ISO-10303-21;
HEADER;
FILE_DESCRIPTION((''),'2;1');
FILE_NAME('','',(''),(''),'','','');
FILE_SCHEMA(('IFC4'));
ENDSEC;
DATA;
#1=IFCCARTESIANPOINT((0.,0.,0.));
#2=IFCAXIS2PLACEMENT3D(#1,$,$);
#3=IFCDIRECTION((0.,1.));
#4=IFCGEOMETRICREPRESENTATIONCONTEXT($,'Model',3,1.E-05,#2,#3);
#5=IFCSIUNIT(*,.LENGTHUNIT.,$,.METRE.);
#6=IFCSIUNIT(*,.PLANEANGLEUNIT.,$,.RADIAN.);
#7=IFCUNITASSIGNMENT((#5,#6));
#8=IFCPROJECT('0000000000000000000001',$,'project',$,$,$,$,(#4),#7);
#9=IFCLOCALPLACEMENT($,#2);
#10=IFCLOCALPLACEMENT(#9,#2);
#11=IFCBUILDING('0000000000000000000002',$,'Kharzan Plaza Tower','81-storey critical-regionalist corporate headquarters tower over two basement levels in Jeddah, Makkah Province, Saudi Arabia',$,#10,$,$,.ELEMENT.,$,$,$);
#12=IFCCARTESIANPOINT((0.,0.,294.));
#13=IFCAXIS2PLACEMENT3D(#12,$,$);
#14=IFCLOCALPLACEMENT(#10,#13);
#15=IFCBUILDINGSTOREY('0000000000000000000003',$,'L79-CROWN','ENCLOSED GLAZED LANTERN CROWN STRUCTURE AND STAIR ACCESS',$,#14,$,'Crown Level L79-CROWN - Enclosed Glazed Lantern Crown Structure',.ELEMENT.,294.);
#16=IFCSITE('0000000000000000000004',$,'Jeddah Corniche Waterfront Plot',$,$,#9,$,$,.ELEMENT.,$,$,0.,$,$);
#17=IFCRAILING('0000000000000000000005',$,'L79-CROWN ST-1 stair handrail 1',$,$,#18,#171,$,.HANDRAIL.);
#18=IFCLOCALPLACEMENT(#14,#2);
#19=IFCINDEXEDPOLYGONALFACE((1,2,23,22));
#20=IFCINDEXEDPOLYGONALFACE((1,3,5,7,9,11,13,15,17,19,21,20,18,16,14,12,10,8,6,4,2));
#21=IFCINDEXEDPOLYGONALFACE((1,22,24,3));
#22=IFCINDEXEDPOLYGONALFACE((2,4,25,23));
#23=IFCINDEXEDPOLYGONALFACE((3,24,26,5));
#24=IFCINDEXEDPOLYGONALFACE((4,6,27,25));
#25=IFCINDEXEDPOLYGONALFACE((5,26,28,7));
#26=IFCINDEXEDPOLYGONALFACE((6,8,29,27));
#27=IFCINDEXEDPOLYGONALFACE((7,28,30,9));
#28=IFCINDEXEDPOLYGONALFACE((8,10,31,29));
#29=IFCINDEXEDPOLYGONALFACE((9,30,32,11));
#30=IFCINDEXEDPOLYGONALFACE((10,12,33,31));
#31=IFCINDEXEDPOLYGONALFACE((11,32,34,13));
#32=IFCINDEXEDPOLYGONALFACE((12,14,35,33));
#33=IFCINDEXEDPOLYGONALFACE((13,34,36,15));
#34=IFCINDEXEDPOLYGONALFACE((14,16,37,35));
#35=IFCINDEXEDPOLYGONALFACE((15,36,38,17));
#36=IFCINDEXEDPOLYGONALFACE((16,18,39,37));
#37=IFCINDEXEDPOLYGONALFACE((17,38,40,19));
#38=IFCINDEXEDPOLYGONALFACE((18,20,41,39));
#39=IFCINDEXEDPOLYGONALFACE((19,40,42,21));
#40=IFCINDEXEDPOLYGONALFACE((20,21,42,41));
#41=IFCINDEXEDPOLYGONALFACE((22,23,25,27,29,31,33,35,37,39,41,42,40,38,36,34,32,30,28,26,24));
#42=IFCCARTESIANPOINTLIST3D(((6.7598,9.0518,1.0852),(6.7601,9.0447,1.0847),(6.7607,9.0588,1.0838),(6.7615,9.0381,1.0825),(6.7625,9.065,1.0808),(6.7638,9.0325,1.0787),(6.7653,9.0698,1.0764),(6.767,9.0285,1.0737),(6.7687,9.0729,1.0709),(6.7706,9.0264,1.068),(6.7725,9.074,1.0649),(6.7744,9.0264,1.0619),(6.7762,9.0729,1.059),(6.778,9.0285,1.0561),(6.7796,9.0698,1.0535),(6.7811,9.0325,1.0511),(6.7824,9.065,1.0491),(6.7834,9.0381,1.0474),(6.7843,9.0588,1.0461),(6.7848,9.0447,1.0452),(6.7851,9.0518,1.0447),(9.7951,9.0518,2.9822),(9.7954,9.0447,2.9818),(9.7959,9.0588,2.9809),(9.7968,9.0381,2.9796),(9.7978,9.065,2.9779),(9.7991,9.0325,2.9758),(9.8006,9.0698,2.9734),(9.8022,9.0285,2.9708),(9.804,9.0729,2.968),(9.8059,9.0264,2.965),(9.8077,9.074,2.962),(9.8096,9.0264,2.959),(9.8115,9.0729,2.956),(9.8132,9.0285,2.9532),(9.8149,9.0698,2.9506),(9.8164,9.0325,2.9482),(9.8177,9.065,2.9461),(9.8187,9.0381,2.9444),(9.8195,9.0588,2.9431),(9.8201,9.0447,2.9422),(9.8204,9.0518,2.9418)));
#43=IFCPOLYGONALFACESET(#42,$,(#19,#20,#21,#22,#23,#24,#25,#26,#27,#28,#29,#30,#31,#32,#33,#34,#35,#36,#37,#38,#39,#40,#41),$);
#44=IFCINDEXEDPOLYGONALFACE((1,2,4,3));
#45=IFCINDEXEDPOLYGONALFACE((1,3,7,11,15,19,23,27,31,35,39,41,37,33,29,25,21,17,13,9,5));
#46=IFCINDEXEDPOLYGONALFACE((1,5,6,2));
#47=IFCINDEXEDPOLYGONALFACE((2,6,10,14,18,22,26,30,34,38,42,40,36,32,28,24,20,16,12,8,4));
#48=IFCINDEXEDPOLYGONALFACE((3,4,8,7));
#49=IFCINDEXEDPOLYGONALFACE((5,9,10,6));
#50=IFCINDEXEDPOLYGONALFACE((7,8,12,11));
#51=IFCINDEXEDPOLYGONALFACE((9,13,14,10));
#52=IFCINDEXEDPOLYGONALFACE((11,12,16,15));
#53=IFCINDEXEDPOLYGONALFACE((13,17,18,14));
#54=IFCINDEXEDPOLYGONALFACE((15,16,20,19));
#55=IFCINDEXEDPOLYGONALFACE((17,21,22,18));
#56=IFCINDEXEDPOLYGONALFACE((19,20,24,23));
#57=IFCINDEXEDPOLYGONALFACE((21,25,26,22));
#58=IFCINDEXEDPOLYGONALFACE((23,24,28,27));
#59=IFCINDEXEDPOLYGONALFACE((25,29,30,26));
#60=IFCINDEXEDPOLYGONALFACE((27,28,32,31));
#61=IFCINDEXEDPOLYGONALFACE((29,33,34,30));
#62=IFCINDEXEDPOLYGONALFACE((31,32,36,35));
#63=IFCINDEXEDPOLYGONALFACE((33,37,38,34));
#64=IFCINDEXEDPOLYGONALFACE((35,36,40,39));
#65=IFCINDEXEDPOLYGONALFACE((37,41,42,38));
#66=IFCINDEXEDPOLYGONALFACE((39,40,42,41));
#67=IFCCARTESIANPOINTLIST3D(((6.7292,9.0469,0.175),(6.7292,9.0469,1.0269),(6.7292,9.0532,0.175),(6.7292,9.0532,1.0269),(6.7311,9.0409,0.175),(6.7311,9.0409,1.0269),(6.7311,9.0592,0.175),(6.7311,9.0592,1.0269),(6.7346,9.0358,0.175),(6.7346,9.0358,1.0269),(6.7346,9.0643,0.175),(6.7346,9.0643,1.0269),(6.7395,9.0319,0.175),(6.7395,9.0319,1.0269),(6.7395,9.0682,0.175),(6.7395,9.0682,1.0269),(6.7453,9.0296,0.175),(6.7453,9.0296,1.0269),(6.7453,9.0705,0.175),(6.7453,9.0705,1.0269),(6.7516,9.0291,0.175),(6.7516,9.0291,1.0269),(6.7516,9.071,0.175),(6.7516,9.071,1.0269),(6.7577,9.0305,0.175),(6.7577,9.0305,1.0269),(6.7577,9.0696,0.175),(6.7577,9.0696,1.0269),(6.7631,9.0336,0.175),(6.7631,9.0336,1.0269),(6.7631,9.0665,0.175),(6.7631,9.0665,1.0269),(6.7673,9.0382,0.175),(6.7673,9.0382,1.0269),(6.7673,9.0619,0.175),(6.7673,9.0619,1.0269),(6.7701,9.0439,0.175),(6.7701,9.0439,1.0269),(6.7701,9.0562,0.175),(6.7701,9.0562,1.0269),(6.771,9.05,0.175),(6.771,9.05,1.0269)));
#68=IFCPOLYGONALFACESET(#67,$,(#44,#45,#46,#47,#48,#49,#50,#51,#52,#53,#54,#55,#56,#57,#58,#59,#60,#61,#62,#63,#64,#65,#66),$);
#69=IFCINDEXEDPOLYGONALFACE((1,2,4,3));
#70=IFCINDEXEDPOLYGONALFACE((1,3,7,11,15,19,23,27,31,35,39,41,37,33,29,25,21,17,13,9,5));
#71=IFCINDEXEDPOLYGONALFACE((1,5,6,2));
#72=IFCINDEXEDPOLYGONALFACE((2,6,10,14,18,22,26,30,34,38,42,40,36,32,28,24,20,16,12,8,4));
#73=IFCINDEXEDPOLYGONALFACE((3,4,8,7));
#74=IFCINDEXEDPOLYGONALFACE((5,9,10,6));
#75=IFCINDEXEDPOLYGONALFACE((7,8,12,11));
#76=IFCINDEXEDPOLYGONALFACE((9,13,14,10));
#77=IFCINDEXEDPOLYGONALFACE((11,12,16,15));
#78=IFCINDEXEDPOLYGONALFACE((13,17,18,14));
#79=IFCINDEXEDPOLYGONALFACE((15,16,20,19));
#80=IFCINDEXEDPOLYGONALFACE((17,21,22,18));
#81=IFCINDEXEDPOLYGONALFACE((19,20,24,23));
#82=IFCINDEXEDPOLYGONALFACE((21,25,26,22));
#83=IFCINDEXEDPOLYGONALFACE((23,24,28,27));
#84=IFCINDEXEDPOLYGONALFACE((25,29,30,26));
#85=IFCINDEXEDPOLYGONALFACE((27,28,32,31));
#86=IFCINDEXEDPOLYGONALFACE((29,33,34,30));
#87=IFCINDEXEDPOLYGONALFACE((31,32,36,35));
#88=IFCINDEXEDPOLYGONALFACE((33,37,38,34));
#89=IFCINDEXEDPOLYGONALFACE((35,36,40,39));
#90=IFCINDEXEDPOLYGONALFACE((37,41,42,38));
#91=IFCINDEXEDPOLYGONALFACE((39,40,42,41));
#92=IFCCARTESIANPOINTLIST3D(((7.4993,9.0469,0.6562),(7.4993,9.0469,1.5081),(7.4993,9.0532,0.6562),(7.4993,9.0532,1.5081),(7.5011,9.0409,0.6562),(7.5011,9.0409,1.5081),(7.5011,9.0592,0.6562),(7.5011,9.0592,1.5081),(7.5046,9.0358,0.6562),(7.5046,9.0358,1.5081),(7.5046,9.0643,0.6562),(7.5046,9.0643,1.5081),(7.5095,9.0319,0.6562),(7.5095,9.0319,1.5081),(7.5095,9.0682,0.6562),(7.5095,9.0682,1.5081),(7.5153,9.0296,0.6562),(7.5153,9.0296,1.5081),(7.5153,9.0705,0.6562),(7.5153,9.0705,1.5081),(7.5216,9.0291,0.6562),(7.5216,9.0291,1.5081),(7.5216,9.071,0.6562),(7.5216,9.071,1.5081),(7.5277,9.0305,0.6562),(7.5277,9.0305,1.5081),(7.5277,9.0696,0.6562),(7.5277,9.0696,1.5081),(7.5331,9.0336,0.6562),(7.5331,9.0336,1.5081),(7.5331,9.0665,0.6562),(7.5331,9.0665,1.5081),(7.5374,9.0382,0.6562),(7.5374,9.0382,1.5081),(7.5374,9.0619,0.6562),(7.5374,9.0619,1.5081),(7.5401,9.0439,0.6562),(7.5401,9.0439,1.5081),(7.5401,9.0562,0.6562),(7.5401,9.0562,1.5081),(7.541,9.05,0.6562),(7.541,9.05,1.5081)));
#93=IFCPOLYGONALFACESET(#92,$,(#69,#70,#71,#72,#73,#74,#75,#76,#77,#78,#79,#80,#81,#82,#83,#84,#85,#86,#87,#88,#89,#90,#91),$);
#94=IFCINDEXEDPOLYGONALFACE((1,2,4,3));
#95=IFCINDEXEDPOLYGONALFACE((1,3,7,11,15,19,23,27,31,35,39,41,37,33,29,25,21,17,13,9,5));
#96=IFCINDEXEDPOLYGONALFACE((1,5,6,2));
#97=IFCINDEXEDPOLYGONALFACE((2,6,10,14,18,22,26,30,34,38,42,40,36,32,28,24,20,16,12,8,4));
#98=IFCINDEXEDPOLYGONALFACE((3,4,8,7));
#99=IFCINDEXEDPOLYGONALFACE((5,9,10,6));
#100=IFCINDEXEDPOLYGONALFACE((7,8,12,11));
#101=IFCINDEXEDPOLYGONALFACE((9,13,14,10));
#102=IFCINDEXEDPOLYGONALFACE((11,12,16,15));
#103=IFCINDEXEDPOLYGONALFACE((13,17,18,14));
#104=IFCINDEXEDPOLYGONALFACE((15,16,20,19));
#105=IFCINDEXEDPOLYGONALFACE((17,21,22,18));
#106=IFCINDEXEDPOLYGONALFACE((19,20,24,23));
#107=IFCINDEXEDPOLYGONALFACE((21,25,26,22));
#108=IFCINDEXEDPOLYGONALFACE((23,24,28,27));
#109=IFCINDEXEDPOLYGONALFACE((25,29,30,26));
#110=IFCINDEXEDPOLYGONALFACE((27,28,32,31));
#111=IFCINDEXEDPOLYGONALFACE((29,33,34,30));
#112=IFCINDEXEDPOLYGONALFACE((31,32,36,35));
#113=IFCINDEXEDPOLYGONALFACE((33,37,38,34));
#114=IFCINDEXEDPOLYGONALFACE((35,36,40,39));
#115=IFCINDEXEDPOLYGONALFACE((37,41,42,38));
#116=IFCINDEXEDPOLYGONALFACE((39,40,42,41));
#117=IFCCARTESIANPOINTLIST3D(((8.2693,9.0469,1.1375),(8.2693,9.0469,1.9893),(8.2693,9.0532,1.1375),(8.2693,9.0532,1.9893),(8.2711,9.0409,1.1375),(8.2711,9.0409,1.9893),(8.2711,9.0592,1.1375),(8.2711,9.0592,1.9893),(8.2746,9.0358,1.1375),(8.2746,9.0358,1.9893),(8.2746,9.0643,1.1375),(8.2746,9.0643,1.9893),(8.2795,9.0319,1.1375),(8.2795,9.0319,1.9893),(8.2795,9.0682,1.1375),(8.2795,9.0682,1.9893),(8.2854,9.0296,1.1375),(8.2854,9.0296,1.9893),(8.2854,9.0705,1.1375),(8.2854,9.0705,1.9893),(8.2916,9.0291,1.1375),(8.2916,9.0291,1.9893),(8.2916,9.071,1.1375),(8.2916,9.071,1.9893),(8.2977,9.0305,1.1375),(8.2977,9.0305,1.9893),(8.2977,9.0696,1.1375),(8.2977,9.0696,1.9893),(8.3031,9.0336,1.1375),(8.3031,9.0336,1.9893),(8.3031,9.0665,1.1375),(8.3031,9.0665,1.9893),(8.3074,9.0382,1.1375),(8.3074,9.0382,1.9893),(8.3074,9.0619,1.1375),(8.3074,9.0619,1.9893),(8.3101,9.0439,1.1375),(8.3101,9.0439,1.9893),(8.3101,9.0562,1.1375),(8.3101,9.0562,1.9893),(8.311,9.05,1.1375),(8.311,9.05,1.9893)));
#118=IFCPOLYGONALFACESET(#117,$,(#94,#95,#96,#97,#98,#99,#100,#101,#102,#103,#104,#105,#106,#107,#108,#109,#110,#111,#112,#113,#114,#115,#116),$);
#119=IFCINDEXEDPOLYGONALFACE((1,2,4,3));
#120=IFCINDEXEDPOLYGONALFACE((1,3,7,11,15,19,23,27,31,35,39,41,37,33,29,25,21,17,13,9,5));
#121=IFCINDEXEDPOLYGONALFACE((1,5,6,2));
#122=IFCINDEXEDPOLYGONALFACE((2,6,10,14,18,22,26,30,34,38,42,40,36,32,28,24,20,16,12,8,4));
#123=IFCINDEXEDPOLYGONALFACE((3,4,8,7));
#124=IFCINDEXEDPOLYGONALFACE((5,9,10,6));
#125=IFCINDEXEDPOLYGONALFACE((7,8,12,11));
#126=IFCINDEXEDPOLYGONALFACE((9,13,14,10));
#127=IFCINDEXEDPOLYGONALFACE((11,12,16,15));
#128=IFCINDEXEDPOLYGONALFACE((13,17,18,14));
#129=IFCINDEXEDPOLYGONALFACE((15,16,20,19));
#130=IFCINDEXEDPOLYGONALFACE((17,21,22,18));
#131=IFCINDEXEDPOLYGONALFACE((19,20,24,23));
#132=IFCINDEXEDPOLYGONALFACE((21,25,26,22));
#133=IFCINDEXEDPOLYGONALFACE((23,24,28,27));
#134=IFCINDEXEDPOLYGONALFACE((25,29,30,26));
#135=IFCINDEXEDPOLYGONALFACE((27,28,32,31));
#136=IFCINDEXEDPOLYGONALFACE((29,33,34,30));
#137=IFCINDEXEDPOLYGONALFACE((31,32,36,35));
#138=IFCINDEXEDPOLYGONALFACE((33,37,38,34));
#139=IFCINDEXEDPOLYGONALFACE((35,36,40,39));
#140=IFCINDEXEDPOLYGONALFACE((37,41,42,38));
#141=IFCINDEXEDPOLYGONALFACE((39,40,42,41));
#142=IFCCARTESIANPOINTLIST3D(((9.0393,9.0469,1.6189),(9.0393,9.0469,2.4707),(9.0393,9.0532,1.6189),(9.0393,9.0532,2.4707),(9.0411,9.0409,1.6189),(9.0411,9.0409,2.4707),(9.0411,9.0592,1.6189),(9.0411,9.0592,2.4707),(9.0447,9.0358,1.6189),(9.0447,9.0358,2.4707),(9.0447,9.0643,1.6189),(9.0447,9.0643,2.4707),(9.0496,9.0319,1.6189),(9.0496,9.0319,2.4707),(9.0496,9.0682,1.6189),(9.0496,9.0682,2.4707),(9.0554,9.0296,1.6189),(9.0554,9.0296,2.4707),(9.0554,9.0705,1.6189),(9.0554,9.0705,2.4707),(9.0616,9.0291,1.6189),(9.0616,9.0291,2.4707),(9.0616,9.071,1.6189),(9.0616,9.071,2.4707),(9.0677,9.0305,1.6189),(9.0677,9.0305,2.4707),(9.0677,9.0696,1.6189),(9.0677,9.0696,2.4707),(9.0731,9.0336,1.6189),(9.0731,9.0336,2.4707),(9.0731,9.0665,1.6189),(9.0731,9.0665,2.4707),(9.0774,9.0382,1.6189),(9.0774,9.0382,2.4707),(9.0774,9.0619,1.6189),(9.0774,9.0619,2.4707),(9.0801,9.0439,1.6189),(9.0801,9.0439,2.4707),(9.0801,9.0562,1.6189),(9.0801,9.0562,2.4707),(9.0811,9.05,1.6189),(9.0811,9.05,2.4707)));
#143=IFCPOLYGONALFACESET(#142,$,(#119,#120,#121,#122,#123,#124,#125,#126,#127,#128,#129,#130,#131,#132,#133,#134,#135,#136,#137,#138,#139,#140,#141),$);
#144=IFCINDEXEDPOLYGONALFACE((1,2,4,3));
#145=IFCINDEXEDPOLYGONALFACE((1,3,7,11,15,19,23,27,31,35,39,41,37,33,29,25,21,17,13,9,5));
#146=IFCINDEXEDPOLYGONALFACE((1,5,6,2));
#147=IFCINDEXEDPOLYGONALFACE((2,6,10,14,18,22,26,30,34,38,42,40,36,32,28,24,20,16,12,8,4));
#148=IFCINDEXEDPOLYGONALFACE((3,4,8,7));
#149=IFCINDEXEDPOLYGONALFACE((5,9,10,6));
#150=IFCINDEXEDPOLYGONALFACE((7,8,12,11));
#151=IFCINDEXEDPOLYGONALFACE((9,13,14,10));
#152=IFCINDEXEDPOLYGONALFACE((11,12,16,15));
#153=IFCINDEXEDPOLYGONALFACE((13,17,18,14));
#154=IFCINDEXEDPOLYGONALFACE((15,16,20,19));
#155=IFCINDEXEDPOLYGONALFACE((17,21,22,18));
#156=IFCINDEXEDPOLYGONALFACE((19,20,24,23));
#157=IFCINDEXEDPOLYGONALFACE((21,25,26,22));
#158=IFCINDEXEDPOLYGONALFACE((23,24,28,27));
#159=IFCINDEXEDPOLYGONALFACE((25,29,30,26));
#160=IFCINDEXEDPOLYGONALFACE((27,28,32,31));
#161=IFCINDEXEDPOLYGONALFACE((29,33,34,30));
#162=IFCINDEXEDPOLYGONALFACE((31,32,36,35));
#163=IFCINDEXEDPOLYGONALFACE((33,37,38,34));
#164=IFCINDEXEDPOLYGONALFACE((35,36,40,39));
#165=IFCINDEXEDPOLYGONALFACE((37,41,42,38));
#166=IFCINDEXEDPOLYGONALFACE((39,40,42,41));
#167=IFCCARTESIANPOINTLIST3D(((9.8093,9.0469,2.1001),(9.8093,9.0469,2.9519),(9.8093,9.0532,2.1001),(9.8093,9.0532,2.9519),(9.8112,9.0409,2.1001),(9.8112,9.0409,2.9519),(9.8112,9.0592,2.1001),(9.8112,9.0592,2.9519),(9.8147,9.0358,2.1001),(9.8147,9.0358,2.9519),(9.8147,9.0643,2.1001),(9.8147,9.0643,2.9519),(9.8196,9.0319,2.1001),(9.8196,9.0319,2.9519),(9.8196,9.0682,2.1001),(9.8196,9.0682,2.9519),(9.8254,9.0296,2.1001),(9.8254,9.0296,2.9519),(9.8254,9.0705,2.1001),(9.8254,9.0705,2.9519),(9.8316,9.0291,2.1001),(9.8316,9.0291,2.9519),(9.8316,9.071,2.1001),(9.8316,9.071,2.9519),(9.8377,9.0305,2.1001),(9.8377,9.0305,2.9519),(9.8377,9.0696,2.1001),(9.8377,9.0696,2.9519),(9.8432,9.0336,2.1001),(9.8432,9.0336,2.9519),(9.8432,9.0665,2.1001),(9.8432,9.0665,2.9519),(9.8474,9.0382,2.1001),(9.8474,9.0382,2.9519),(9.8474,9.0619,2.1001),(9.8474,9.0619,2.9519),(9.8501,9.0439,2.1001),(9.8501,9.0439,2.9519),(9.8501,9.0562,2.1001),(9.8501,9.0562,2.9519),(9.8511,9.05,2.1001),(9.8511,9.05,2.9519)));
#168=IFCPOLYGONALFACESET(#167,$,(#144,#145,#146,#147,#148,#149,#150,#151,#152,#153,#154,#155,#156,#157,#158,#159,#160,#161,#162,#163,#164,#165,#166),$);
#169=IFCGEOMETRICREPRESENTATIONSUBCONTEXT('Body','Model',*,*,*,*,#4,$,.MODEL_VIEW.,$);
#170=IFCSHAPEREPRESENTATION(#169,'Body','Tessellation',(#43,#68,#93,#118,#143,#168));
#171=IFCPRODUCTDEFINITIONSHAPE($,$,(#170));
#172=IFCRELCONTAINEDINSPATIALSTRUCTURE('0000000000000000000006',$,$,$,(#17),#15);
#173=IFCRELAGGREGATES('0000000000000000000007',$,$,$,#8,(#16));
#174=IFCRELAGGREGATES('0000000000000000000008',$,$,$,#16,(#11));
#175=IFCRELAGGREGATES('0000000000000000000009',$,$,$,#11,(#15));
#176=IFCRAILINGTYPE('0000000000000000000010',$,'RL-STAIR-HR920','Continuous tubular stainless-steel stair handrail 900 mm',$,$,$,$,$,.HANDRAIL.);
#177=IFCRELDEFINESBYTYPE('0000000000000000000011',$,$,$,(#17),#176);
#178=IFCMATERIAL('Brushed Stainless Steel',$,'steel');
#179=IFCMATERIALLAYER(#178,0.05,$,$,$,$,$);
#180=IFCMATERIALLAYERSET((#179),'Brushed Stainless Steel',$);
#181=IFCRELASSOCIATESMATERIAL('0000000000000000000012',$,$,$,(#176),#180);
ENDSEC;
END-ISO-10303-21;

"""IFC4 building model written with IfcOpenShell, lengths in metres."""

from ifc_helpers import new_model, si_unit, direction, frame, origin, origin_2d, place, context, subcontext, project, spatial, circle, extrude, source, transform, mapped, material, layer, layer_set, type_object, element, save


model = new_model("IFC4")

# Units and contexts
model_context = context("Model", 3, precision=1e-05, world=origin(), true_north=direction((0.0, 1.0)))
body_context = subcontext(model_context, "Body", "Model", "MODEL_VIEW")
ifc_project = project(units=[si_unit("LENGTHUNIT", "METRE"), si_unit("PLANEANGLEUNIT", "RADIAN")], contexts=[model_context])

# Site, building, storey
site_placement = place(None, origin())
site = spatial("IfcSite", under=ifc_project, at=site_placement, Name="Jeddah Corniche Waterfront Plot", CompositionType="ELEMENT", RefElevation=0.0)
building_placement = place(site_placement, origin())
building = spatial("IfcBuilding", under=site, at=building_placement, Name="Kharzan Plaza Tower", Description="81-storey critical-regionalist corporate headquarters tower over two basement levels in Jeddah, Makkah Province, Saudi Arabia", CompositionType="ELEMENT")
storey_placement = place(building_placement, frame((0.0, 0.0, 294.0)))
storey = spatial("IfcBuildingStorey", under=building, at=storey_placement, Name="L79-CROWN", Description="ENCLOSED GLAZED LANTERN CROWN STRUCTURE AND STAIR ACCESS", LongName="Crown Level L79-CROWN - Enclosed Glazed Lantern Crown Structure", CompositionType="ELEMENT", Elevation=294.0)

# Railing
ifc_material_1 = material(Name="Brushed Stainless Steel", Category="steel")
ifc_layer_1 = layer(ifc_material_1, 0.05)
ifc_layer_set_1 = layer_set([ifc_layer_1], Name="Brushed Stainless Steel")
railing_type = type_object("IfcRailingType", Name="RL-STAIR-HR920", Description="Continuous tubular stainless-steel stair handrail 900 mm", PredefinedType="HANDRAIL", material=ifc_layer_set_1)
shared_shape_1 = source(origin(), body_context, "Body", "SweptSolid", [
    extrude(circle(Radius=0.0239, at=origin_2d()), frame((0.0225, 0.0, 0.8899), z_axis=(0.847998, 0.0, 0.529999), x_axis=(0.0, 1.0, 0.0)), (0.0, 0.0, 1.0), 3.5793),
    extrude(circle(Radius=0.021, at=origin_2d()), origin(), (0.0, 0.0, 1.0), 0.8518),
    extrude(circle(Radius=0.021, at=origin_2d()), frame((0.77, 0.0, 0.4812)), (0.0, 0.0, 1.0), 0.8518),
    extrude(circle(Radius=0.021, at=origin_2d()), frame((1.54, 0.0, 0.9624)), (0.0, 0.0, 1.0), 0.8518),
    extrude(circle(Radius=0.021, at=origin_2d()), frame((2.3101, 0.0, 1.4438)), (0.0, 0.0, 1.0), 0.8518),
    extrude(circle(Radius=0.021, at=origin_2d()), frame((3.0801, 0.0, 1.925)), (0.0, 0.0, 1.0), 0.8518),
])
railing_placement = place(storey_placement, frame((6.75, 9.05, 0.175)))
element("IfcRailing", 1, at=railing_placement, inside=storey, type_object=railing_type, Name="L79-CROWN ST-1 stair handrail 1", PredefinedType="HANDRAIL", context=body_context, shape_type="MappedRepresentation", body=[
    mapped(shared_shape_1, transform((0.0, 0.0, 0.0), x_axis=(1.0, 0.0, 0.0), y_axis=(0.0, 1.0, 0.0), z_axis=(0.0, 0.0, 1.0))),
])

save(model, "model.ifc")
